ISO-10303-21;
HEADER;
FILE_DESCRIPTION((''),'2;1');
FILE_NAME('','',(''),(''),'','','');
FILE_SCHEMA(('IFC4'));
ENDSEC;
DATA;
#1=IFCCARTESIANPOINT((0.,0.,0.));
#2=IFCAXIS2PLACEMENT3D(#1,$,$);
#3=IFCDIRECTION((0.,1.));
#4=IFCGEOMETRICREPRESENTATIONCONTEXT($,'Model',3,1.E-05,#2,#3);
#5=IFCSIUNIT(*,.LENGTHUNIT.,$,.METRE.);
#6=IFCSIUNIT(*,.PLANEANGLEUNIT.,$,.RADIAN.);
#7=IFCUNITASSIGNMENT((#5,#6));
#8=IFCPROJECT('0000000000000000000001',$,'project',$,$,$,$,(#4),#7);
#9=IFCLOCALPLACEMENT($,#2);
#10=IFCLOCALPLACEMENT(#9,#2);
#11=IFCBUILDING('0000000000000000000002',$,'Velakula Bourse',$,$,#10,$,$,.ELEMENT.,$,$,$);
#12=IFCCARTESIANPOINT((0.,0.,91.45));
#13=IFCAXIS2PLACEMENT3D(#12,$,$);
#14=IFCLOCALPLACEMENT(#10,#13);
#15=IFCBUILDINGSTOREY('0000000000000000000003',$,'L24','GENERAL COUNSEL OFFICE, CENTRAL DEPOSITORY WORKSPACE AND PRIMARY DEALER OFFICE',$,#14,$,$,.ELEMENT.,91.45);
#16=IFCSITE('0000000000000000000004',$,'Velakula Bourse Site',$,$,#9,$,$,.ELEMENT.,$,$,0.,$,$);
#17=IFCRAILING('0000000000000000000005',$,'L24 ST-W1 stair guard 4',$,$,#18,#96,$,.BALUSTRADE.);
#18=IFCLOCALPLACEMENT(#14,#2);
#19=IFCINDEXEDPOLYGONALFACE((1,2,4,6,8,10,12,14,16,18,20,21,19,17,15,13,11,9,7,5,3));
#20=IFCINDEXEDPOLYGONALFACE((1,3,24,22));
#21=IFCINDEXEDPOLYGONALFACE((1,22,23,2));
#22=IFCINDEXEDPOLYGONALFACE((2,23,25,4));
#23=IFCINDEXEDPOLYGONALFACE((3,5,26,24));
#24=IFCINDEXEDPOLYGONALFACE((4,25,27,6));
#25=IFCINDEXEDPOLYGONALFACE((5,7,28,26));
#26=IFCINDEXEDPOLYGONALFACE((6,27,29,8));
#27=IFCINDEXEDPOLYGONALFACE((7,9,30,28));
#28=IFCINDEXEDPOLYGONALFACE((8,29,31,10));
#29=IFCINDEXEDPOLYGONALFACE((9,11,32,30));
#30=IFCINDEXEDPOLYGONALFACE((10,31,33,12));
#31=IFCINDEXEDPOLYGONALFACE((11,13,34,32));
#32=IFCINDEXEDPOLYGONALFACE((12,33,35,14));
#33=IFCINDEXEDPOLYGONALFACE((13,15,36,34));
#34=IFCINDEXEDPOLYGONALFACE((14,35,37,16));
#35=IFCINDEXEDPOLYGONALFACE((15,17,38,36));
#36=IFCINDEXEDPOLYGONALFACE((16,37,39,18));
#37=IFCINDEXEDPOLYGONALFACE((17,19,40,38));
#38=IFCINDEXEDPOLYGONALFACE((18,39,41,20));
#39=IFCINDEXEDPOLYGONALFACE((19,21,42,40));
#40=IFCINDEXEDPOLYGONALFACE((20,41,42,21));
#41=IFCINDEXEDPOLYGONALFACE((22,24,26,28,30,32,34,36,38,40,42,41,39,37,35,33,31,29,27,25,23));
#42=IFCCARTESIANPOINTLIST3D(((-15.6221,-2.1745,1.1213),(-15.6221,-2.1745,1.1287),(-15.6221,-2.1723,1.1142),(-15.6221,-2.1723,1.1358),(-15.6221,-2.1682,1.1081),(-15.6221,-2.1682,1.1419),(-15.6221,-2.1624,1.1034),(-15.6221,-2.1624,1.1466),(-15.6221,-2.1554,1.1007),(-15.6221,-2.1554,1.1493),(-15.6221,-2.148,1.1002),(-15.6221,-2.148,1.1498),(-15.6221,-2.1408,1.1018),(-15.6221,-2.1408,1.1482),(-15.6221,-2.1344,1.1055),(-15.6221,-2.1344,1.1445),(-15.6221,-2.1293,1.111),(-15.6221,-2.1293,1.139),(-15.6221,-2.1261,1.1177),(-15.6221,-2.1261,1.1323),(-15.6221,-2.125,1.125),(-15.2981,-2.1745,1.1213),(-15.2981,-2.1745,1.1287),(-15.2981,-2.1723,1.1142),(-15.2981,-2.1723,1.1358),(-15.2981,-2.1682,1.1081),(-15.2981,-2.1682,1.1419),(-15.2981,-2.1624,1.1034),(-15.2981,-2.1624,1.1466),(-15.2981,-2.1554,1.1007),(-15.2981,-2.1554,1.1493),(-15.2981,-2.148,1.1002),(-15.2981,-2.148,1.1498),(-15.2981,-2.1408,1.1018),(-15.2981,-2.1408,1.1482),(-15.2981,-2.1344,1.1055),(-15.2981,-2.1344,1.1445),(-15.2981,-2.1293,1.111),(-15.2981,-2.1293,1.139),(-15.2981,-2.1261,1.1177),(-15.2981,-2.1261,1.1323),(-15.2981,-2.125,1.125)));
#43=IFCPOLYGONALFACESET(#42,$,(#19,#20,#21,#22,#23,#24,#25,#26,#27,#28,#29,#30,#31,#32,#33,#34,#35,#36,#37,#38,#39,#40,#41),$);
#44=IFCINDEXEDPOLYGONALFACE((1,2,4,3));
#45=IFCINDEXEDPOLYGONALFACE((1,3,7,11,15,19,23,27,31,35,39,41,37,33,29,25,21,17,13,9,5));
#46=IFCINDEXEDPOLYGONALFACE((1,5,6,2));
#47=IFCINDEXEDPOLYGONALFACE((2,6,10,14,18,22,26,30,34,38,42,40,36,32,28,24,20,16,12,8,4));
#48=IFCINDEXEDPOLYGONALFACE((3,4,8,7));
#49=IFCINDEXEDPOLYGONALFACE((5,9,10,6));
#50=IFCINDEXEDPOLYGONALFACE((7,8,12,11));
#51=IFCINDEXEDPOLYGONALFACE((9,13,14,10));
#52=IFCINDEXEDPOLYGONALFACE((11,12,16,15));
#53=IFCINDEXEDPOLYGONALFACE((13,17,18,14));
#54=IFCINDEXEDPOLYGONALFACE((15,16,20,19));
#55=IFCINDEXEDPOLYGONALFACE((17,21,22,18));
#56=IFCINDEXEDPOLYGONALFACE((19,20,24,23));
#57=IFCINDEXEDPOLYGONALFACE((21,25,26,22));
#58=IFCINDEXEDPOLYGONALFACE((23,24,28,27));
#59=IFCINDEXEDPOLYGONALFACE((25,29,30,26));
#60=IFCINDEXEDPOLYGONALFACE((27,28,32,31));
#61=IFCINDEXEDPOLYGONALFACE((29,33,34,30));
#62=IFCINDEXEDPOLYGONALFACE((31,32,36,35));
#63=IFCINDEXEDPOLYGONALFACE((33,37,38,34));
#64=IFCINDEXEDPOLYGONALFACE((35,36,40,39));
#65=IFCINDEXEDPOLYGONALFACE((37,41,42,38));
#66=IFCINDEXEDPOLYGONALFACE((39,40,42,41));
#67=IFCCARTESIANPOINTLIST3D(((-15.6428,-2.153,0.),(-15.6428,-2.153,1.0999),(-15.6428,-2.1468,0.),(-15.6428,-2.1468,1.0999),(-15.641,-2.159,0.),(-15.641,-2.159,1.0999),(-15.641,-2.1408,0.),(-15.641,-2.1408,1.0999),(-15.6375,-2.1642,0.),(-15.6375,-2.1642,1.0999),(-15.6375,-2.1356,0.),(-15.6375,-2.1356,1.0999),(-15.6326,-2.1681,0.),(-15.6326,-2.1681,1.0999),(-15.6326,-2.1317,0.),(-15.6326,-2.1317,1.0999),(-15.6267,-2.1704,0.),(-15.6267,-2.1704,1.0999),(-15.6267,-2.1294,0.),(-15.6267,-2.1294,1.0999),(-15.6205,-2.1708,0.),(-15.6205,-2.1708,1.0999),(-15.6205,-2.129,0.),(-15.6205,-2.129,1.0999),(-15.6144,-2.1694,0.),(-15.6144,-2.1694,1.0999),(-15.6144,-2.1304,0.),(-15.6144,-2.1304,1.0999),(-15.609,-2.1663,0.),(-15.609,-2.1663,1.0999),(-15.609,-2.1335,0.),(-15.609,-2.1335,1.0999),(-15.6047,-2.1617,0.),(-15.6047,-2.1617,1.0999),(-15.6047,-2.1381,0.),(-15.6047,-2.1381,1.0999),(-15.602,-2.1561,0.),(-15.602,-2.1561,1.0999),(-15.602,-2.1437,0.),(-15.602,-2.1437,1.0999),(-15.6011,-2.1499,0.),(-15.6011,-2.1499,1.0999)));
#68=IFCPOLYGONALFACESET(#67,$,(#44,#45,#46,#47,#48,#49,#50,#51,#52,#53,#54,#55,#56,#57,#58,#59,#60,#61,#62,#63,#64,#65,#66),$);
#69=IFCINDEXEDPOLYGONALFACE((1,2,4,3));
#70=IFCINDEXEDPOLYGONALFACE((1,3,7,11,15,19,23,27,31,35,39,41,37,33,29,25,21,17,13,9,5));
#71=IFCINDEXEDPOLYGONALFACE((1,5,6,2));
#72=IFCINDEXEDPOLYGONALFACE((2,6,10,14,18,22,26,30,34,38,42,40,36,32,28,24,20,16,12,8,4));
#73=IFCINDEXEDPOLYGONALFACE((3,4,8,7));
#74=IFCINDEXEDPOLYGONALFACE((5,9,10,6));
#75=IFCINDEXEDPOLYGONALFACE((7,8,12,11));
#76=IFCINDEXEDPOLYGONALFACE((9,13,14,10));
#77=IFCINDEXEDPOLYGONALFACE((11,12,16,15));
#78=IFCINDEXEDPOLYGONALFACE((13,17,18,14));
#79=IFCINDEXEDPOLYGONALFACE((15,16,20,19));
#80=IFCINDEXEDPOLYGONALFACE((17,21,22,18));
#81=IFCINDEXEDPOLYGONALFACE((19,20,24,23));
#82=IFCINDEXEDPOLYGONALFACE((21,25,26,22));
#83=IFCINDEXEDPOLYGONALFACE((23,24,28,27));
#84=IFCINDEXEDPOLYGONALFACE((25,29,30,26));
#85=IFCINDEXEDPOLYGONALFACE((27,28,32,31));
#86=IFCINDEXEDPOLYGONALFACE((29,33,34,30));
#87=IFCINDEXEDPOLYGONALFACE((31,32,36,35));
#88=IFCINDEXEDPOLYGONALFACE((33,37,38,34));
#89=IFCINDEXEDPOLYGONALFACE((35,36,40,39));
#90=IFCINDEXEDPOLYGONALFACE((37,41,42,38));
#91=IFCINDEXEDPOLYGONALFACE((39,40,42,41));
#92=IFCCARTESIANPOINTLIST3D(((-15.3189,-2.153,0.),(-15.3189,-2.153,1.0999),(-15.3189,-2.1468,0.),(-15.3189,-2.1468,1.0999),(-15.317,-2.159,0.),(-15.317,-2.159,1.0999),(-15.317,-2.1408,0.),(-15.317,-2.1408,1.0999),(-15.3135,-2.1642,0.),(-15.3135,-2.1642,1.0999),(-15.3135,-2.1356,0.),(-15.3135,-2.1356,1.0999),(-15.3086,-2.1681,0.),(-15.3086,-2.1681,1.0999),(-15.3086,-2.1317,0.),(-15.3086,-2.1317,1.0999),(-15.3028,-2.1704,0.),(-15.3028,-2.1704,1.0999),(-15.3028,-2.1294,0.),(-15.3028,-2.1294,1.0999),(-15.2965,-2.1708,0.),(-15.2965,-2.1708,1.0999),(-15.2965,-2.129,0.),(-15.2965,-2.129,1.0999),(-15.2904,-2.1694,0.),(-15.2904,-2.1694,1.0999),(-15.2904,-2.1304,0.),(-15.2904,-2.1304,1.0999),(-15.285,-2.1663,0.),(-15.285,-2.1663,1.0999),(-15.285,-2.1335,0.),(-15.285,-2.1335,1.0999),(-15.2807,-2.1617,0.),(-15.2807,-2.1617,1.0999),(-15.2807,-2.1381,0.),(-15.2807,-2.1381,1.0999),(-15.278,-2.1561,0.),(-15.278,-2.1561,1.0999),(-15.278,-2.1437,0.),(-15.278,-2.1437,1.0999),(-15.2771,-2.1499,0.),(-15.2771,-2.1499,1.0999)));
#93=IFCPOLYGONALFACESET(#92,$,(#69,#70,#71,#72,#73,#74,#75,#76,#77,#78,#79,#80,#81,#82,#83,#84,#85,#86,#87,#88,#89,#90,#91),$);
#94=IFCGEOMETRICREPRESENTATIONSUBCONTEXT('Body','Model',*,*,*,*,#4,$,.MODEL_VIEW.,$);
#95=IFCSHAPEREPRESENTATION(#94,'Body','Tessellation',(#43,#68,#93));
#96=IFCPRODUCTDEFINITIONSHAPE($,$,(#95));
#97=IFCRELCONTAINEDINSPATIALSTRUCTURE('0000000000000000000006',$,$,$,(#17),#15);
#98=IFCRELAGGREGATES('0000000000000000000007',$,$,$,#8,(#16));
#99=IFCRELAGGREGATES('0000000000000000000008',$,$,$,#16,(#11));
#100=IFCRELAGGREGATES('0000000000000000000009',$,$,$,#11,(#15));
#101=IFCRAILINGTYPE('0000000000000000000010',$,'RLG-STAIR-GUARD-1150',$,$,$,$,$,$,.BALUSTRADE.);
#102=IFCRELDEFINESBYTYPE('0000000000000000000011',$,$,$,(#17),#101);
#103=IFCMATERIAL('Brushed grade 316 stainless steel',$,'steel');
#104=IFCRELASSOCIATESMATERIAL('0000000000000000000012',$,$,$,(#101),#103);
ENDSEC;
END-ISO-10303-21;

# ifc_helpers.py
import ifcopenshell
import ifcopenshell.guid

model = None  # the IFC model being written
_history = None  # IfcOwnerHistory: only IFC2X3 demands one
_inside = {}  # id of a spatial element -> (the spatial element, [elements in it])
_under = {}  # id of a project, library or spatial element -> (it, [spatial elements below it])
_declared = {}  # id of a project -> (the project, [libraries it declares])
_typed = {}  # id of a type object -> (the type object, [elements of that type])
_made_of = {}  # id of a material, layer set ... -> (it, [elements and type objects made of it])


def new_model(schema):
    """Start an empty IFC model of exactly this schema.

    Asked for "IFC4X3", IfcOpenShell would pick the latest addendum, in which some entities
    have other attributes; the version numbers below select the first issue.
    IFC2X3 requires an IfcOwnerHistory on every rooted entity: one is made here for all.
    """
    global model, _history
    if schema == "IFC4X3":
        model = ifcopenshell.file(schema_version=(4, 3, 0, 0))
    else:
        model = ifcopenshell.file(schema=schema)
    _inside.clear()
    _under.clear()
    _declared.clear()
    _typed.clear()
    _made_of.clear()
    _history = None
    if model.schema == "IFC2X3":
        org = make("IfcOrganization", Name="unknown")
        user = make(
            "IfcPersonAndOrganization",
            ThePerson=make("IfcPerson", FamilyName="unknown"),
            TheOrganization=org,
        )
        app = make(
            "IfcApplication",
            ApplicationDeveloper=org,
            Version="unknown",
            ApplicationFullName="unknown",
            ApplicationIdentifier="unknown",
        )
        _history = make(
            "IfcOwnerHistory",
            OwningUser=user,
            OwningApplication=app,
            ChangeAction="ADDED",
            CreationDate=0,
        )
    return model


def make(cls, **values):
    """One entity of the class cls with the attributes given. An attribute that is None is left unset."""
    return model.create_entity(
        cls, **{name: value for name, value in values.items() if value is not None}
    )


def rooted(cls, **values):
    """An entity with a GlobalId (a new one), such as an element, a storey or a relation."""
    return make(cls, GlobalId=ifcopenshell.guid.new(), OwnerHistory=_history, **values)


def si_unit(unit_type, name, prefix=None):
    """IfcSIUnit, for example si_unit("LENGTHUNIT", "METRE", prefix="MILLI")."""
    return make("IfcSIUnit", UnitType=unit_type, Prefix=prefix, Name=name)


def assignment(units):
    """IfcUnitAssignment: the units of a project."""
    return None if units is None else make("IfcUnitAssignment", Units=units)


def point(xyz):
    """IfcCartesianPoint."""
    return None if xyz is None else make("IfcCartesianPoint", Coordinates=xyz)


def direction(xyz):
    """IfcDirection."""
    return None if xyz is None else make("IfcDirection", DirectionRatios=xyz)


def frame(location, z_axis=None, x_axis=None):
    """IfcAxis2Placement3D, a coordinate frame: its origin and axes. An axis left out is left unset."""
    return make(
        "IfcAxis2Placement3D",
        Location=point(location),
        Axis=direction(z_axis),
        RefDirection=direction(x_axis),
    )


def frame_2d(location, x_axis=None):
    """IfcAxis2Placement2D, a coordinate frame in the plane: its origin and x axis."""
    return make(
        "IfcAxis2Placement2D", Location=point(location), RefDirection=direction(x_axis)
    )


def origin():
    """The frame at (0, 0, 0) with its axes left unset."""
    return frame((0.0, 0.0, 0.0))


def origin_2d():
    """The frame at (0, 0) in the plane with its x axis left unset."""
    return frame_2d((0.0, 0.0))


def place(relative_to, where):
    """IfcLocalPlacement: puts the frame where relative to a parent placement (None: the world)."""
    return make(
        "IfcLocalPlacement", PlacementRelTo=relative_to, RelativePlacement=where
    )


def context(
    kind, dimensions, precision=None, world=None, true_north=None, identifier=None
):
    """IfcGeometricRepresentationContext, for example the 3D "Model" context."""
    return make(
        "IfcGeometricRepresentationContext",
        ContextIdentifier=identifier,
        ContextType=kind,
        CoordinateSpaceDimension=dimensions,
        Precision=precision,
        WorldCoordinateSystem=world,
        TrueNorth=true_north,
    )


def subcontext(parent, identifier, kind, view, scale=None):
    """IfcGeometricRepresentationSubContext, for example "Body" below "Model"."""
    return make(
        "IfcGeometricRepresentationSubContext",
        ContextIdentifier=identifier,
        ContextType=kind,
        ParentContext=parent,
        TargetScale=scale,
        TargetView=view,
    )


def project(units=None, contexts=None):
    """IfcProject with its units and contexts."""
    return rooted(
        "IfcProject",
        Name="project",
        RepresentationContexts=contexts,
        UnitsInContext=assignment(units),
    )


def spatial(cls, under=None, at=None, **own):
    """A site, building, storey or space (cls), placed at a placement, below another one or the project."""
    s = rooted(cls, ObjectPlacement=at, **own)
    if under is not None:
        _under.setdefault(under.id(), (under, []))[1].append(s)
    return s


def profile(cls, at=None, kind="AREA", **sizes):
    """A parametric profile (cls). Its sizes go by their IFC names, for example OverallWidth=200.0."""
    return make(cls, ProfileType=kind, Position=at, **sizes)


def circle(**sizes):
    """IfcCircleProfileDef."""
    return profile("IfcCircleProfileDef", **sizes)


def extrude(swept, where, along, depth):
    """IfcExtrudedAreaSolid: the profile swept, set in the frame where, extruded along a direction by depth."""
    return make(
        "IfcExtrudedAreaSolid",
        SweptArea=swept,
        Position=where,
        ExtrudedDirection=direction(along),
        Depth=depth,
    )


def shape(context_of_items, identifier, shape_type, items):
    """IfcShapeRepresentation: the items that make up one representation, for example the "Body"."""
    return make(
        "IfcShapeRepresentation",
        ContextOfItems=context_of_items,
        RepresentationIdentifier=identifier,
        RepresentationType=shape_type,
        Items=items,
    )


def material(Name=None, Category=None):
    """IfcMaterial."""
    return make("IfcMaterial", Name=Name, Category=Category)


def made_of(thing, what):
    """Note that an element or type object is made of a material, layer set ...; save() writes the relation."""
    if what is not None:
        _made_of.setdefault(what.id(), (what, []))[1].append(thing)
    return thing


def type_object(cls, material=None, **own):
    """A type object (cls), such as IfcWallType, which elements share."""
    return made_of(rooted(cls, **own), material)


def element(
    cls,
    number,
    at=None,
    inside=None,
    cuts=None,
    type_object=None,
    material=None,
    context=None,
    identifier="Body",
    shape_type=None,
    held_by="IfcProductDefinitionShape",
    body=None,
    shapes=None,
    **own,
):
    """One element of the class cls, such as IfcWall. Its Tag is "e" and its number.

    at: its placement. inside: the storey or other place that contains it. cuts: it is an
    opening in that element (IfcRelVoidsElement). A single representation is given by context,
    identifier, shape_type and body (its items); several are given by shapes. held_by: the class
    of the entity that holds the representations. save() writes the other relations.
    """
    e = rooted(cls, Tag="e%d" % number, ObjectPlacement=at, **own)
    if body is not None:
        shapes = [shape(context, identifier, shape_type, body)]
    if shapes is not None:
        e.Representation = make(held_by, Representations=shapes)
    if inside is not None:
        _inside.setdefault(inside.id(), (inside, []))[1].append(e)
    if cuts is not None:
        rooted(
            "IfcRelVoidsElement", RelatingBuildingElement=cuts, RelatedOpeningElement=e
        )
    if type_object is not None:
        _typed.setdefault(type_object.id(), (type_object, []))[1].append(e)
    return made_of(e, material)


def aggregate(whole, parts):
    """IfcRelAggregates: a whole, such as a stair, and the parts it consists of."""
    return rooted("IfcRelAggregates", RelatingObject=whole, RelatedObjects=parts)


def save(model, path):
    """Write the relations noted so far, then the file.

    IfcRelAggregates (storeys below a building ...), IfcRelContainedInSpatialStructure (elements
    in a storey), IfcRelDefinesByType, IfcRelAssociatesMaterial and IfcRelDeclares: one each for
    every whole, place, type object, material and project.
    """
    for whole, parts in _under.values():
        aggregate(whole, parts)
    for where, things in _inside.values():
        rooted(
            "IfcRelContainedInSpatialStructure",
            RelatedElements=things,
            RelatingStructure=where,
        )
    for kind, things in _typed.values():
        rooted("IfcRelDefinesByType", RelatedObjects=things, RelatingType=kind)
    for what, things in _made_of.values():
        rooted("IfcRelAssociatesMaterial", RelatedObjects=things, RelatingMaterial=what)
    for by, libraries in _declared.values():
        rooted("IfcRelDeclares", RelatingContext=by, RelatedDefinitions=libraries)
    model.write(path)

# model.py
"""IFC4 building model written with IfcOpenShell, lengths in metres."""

from ifc_helpers import new_model, si_unit, direction, frame, origin, origin_2d, place, context, subcontext, project, spatial, circle, extrude, material, type_object, element, save


model = new_model("IFC4")

# Units and contexts
model_context = context("Model", 3, precision=1e-05, world=origin(), true_north=direction((0.0, 1.0)))
body_context = subcontext(model_context, "Body", "Model", "MODEL_VIEW")
ifc_project = project(units=[si_unit("LENGTHUNIT", "METRE"), si_unit("PLANEANGLEUNIT", "RADIAN")], contexts=[model_context])

# Site, building, storey
site_placement = place(None, origin())
site = spatial("IfcSite", under=ifc_project, at=site_placement, Name="Velakula Bourse Site", CompositionType="ELEMENT", RefElevation=0.0)
building_placement = place(site_placement, origin())
building = spatial("IfcBuilding", under=site, at=building_placement, Name="Velakula Bourse", CompositionType="ELEMENT")
storey_placement = place(building_placement, frame((0.0, 0.0, 91.45)))
storey = spatial("IfcBuildingStorey", under=building, at=storey_placement, Name="L24", Description="GENERAL COUNSEL OFFICE, CENTRAL DEPOSITORY WORKSPACE AND PRIMARY DEALER OFFICE", CompositionType="ELEMENT", Elevation=91.45)

# Shared definitions
ifc_material_1 = material(Name="Brushed grade 316 stainless steel", Category="steel")

# Railing
railing_type_1 = type_object("IfcRailingType", Name="RLG-STAIR-GUARD-1150", PredefinedType="BALUSTRADE", material=ifc_material_1)
railing_1_placement = place(storey_placement, frame((-15.6221, -2.1499, 0.0)))
element("IfcRailing", 1, at=railing_1_placement, inside=storey, type_object=railing_type_1, Name="L24 ST-W1 stair guard 4", PredefinedType="BALUSTRADE", context=body_context, shape_type="SweptSolid", body=[
    extrude(circle(Radius=0.0249, at=origin_2d()), frame((0.0, 0.0, 1.125), z_axis=(1.0, 0.0, 0.0), x_axis=(0.0, 1.0, 0.0)), (0.0, 0.0, 1.0), 0.324),
    extrude(circle(Radius=0.021, at=origin_2d()), origin(), (0.0, 0.0, 1.0), 1.0999),
    extrude(circle(Radius=0.021, at=origin_2d()), frame((0.324, 0.0, 0.0)), (0.0, 0.0, 1.0), 1.0999),
])

save(model, "model.ifc")
